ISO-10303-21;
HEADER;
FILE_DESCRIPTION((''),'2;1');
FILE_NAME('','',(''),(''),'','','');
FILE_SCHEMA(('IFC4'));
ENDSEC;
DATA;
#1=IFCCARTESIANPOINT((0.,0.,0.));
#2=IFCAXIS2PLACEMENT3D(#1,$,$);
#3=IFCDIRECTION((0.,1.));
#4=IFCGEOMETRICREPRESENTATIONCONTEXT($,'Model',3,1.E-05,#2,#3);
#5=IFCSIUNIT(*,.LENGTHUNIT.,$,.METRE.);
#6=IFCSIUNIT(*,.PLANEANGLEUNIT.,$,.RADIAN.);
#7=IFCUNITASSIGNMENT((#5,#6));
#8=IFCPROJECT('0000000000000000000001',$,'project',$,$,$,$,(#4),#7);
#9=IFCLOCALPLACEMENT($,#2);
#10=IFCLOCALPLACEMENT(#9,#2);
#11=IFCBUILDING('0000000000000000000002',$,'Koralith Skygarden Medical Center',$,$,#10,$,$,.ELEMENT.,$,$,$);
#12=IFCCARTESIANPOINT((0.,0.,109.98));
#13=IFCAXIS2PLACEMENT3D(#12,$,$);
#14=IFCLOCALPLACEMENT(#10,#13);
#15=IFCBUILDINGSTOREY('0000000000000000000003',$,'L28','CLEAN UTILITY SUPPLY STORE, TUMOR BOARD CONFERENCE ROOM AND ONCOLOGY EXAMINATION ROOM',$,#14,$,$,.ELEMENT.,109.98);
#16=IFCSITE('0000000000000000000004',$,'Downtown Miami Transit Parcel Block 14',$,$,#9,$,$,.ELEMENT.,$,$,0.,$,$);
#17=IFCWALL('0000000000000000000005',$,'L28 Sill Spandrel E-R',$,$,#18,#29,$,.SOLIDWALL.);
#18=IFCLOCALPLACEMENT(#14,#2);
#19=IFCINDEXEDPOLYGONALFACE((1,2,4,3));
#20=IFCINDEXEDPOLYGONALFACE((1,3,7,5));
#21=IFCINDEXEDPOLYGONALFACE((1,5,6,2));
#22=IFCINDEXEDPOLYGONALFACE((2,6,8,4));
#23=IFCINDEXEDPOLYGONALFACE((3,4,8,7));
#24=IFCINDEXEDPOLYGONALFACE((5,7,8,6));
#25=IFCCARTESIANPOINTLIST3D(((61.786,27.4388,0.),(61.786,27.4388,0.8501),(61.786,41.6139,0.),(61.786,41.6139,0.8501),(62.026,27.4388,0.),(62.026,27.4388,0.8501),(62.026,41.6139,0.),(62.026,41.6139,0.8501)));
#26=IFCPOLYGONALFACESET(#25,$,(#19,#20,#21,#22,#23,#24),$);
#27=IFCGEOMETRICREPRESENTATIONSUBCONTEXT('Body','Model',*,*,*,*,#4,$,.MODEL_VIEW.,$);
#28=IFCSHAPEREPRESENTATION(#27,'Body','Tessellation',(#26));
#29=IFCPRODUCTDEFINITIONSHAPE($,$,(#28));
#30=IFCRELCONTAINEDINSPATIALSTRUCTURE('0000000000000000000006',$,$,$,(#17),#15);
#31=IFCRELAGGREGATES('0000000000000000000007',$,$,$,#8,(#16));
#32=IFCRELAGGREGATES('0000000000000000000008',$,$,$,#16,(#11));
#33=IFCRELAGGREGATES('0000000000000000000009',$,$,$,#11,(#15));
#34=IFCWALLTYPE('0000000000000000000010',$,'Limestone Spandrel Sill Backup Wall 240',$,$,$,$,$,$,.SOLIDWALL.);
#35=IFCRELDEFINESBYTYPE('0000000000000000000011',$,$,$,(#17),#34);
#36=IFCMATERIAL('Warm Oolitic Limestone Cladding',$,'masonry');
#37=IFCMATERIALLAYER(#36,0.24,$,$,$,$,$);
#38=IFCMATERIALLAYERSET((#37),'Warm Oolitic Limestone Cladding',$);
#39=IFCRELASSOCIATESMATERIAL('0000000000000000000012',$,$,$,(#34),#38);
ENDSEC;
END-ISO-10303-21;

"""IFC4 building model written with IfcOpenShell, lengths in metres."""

from ifc_helpers import new_model, si_unit, direction, frame, frame_2d, origin, place, context, subcontext, project, spatial, rectangle, extrude, material, layer, layer_set, type_object, element, save


model = new_model("IFC4")

# Units and contexts
model_context = context("Model", 3, precision=1e-05, world=origin(), true_north=direction((0.0, 1.0)))
body_context = subcontext(model_context, "Body", "Model", "MODEL_VIEW")
ifc_project = project(units=[si_unit("LENGTHUNIT", "METRE"), si_unit("PLANEANGLEUNIT", "RADIAN")], contexts=[model_context])

# Site, building, storey
site_placement = place(None, origin())
site = spatial("IfcSite", under=ifc_project, at=site_placement, Name="Downtown Miami Transit Parcel Block 14", CompositionType="ELEMENT", RefElevation=0.0)
building_placement = place(site_placement, origin())
building = spatial("IfcBuilding", under=site, at=building_placement, Name="Koralith Skygarden Medical Center", CompositionType="ELEMENT")
storey_placement = place(building_placement, frame((0.0, 0.0, 109.98)))
storey = spatial("IfcBuildingStorey", under=building, at=storey_placement, Name="L28", Description="CLEAN UTILITY SUPPLY STORE, TUMOR BOARD CONFERENCE ROOM AND ONCOLOGY EXAMINATION ROOM", CompositionType="ELEMENT", Elevation=109.98)

# Shared definitions
ifc_material_1 = material(Name="Warm Oolitic Limestone Cladding", Category="masonry")

# Wall
ifc_layer_1 = layer(ifc_material_1, 0.24)
ifc_layer_set_1 = layer_set([ifc_layer_1], Name="Warm Oolitic Limestone Cladding")
wall_type_1 = type_object("IfcWallType", Name="Limestone Spandrel Sill Backup Wall 240", PredefinedType="SOLIDWALL", material=ifc_layer_set_1)
wall_1_placement = place(storey_placement, frame((61.906, 27.439, 0.0), z_axis=(0.0, 0.0, 1.0), x_axis=(0.0, 1.0, 0.0)))
element("IfcWall", 1, at=wall_1_placement, inside=storey, type_object=wall_type_1, Name="L28 Sill Spandrel E-R", PredefinedType="SOLIDWALL", context=body_context, shape_type="SweptSolid", body=[
    extrude(rectangle(XDim=14.175, YDim=0.24, at=frame_2d((7.0874, 0.0))), origin(), (0.0, 0.0, 1.0), 0.8501),
])

save(model, "model.ifc")
